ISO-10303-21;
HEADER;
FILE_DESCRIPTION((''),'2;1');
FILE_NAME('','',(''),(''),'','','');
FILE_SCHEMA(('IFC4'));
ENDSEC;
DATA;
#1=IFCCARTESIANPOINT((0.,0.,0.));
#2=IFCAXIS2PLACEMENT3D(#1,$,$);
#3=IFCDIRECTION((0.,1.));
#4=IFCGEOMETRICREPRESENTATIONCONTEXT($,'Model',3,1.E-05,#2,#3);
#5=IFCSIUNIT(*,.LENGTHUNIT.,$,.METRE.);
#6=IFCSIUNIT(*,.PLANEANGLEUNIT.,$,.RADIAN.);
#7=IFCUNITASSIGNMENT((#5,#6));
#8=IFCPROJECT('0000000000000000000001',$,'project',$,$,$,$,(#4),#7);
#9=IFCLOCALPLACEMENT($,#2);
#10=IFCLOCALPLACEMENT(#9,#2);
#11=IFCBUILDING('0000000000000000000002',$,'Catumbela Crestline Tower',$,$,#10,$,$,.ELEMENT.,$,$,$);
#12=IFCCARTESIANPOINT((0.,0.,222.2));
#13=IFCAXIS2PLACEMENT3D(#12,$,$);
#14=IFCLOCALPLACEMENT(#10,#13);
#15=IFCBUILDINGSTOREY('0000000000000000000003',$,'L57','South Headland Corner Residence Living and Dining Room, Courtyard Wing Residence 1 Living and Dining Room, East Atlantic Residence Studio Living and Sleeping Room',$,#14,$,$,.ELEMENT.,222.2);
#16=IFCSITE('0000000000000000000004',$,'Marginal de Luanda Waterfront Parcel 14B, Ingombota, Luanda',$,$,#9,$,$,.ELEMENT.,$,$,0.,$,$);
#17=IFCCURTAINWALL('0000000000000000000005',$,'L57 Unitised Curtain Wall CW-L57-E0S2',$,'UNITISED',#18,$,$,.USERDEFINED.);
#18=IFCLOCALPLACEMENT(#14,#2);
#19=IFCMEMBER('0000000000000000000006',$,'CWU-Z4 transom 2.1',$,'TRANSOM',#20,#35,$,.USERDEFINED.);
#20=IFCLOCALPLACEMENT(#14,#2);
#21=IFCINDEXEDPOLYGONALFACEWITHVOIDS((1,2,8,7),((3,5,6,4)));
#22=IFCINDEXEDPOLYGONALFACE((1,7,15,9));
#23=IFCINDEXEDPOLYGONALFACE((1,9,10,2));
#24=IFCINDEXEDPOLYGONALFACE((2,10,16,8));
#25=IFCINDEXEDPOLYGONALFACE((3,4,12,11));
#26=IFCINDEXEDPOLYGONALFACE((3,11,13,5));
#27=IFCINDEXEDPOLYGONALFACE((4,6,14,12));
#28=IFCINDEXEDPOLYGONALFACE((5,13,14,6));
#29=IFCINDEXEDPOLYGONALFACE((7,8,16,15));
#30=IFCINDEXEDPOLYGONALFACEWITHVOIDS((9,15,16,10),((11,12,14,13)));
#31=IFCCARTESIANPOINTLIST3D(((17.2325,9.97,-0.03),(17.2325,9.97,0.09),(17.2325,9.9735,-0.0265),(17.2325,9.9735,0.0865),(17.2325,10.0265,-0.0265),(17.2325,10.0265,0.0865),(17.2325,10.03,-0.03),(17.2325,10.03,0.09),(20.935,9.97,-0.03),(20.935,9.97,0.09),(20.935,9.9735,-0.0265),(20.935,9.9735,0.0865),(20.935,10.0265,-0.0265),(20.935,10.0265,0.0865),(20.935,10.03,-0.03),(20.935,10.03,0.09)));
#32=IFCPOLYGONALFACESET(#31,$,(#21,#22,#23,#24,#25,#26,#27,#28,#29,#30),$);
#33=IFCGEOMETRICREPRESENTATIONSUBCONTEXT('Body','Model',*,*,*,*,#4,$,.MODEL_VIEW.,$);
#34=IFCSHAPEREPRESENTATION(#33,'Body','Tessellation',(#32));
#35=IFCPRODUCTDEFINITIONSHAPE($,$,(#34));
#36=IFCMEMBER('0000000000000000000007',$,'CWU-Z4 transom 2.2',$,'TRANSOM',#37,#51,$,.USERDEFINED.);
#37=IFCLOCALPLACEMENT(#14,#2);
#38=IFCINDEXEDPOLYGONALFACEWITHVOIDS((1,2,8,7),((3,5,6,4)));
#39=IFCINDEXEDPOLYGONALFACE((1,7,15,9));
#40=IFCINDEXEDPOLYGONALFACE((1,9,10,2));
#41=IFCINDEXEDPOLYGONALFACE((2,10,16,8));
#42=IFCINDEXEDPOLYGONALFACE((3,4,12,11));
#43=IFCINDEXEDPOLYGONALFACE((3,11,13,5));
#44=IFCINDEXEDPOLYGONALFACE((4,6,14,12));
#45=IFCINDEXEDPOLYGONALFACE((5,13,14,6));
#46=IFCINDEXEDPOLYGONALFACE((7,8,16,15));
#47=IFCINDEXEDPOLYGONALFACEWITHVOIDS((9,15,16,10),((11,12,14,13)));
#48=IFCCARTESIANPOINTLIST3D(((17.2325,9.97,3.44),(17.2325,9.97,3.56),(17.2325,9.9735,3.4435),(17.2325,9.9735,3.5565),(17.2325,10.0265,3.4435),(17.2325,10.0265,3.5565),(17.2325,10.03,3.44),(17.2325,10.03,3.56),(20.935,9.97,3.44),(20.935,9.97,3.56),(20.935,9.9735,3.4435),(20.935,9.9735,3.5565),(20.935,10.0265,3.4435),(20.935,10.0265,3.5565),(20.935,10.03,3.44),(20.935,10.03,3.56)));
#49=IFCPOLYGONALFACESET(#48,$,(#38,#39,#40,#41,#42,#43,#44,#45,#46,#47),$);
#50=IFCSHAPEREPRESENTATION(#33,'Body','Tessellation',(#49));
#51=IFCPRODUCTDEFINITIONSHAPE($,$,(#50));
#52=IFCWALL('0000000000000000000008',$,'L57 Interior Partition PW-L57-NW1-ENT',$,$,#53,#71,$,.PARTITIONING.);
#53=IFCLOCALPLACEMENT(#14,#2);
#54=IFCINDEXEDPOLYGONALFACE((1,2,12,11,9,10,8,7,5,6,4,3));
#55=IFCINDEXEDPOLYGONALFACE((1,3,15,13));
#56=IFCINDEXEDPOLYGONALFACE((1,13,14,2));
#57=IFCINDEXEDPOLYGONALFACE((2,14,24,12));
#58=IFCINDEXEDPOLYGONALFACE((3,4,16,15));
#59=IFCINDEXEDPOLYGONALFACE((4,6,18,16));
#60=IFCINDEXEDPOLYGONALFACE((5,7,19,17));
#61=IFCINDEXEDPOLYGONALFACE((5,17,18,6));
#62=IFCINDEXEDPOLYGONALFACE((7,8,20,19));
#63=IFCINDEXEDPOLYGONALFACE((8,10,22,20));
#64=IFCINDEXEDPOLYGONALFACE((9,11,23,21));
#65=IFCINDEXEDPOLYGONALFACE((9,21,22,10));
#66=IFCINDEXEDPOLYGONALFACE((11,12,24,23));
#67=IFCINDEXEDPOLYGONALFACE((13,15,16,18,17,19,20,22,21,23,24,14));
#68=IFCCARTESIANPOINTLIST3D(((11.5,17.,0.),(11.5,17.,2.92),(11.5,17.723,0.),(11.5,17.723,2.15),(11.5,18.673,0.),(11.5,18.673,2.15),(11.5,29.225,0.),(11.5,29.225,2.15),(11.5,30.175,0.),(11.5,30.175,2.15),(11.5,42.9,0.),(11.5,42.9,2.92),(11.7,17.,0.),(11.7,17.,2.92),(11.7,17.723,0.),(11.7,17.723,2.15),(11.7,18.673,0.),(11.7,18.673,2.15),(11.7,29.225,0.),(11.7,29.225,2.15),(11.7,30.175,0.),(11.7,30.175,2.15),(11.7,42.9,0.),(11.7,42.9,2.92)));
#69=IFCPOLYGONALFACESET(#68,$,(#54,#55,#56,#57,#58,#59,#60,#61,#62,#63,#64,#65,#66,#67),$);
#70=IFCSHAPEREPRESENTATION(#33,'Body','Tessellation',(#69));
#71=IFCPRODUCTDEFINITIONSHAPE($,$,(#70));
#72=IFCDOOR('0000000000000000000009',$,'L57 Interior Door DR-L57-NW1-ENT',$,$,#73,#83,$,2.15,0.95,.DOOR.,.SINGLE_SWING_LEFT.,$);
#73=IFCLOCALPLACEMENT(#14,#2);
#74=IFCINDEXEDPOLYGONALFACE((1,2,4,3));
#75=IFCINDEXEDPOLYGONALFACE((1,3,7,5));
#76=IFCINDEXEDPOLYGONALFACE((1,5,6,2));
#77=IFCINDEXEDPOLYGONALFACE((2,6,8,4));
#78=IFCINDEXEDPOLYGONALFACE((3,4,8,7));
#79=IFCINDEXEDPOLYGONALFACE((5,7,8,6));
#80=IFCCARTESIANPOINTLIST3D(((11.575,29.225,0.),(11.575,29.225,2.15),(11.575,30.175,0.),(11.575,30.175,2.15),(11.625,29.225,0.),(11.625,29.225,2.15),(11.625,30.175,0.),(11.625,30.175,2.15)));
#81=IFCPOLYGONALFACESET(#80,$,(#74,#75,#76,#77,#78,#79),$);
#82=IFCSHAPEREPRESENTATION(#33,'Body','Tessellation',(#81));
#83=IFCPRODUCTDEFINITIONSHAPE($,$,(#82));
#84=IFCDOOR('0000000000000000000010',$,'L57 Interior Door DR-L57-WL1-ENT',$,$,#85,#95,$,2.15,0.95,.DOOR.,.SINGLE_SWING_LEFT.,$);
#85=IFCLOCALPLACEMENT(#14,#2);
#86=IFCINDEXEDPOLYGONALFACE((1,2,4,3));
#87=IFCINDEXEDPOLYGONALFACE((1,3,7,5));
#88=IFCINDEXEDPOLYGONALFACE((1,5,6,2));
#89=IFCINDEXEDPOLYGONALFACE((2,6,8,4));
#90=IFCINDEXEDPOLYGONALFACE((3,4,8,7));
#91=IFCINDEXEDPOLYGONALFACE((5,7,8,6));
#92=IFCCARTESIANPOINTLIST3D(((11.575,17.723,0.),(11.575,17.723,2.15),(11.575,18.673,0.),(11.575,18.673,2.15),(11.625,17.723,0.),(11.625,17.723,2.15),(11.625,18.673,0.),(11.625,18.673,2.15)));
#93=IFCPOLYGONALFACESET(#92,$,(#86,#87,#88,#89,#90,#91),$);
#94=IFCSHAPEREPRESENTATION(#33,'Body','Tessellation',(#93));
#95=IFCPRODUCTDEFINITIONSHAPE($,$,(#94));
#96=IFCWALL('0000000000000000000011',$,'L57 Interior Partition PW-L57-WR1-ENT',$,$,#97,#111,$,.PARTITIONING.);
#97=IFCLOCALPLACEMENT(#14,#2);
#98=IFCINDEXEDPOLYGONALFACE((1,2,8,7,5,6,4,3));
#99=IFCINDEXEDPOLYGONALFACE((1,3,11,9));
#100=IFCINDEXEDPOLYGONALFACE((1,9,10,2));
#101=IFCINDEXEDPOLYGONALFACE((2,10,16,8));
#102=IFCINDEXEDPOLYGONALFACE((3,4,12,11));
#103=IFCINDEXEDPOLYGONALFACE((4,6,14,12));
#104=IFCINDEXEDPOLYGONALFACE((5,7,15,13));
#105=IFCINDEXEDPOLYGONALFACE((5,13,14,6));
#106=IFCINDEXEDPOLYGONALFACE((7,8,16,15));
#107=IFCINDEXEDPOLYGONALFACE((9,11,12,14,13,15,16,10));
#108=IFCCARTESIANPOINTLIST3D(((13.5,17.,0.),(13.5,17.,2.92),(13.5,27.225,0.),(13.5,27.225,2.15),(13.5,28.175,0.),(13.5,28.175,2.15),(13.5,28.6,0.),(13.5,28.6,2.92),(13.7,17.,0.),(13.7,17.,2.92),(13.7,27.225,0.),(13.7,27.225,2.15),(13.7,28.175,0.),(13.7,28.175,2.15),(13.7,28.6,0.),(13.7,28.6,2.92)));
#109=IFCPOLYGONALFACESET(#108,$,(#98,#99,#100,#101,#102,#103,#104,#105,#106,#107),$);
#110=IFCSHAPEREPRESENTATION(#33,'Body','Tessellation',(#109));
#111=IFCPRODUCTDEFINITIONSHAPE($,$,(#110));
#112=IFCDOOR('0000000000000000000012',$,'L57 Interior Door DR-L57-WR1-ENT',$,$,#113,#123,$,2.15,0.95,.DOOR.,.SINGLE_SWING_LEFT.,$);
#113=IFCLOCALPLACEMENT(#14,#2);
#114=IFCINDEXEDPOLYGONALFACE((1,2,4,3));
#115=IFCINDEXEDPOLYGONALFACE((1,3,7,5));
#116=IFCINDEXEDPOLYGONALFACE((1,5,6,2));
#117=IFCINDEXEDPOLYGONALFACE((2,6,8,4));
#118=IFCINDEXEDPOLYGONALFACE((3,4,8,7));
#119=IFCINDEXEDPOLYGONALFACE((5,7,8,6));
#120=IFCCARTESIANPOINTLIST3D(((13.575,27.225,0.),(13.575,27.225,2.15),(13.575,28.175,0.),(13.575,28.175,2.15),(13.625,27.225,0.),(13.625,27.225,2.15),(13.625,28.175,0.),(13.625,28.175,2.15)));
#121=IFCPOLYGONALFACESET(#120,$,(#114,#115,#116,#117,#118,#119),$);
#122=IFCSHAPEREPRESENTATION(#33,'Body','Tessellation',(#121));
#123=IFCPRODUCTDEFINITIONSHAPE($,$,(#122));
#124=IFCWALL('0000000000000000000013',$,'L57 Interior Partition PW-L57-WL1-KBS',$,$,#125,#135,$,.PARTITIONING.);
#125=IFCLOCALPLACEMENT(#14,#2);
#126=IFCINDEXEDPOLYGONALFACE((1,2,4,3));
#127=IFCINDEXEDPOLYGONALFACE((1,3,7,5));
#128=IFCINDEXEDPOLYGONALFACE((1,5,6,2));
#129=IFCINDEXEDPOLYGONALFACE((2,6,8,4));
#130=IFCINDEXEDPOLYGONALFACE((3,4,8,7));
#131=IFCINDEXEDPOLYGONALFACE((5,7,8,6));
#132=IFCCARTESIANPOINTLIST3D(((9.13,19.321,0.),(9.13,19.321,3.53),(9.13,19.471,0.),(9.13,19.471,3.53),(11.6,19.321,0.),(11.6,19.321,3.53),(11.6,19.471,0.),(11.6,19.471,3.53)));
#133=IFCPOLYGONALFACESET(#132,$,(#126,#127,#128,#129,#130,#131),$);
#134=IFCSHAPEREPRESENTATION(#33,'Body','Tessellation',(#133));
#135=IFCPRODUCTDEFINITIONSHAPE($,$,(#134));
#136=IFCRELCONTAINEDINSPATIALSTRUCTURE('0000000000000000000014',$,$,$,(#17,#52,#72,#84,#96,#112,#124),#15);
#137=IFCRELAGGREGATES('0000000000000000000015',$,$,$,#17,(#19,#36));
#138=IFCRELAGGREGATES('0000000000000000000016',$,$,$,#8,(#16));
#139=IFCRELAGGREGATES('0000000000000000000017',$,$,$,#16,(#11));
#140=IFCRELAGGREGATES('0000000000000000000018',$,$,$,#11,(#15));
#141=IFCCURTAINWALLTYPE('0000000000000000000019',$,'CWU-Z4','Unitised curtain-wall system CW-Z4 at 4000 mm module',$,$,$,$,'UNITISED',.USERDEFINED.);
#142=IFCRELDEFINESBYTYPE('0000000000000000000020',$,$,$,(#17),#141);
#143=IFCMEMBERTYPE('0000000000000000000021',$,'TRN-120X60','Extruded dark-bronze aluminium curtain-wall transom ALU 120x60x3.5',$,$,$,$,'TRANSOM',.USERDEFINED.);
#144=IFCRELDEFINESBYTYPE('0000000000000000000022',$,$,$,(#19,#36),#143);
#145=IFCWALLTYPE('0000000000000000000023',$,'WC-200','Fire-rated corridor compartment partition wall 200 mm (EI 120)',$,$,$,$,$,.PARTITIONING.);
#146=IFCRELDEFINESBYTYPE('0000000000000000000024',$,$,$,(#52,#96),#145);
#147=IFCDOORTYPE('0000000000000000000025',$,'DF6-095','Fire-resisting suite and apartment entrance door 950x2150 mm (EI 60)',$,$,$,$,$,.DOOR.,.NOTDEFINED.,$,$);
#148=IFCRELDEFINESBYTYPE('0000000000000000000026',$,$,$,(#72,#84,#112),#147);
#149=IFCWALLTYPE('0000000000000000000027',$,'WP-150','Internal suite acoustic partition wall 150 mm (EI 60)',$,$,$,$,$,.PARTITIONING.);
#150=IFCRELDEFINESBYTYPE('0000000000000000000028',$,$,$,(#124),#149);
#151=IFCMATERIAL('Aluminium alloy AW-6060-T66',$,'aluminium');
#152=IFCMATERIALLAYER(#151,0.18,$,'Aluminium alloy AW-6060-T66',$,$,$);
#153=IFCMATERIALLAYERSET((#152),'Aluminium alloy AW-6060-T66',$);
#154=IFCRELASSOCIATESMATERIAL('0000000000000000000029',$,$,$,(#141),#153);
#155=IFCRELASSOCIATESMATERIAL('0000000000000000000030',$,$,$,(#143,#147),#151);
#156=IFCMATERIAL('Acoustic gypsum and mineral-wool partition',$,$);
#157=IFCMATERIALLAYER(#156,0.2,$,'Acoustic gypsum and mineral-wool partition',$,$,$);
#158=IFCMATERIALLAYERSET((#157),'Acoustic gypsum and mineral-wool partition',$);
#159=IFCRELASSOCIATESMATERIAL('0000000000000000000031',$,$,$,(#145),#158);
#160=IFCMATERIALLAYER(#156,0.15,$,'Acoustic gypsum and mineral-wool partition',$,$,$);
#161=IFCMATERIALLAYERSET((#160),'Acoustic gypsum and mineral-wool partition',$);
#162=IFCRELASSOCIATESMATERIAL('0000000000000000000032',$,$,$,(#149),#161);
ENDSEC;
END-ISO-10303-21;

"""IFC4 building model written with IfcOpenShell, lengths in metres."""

from ifc_helpers import new_model, si_unit, direction, frame, frame_2d, origin, origin_2d, place, context, subcontext, project, spatial, rectangle, hollow_rectangle, extrude, material, layer, layer_set, material_profile, profile_set, type_object, element, fill, aggregate, save


model = new_model("IFC4")

# Units and contexts
model_context = context("Model", 3, precision=1e-05, world=origin(), true_north=direction((0.0, 1.0)))
body_context = subcontext(model_context, "Body", "Model", "MODEL_VIEW")
ifc_project = project(units=[si_unit("LENGTHUNIT", "METRE"), si_unit("PLANEANGLEUNIT", "RADIAN")], contexts=[model_context])

# Site, building, storey
site_placement = place(None, origin())
site = spatial("IfcSite", under=ifc_project, at=site_placement, Name="Marginal de Luanda Waterfront Parcel 14B, Ingombota, Luanda", CompositionType="ELEMENT", RefElevation=0.0)
building_placement = place(site_placement, origin())
building = spatial("IfcBuilding", under=site, at=building_placement, Name="Catumbela Crestline Tower", CompositionType="ELEMENT")
storey_placement = place(building_placement, frame((0.0, 0.0, 222.2)))
storey = spatial("IfcBuildingStorey", under=building, at=storey_placement, Name="L57", Description="South Headland Corner Residence Living and Dining Room, Courtyard Wing Residence 1 Living and Dining Room, East Atlantic Residence Studio Living and Sleeping Room", CompositionType="ELEMENT", Elevation=222.2)

# Curtain wall, members
ifc_material_1 = material(Name="Aluminium alloy AW-6060-T66", Category="aluminium")
ifc_layer_1 = layer(ifc_material_1, 0.18, Name="Aluminium alloy AW-6060-T66")
ifc_layer_set_1 = layer_set([ifc_layer_1], Name="Aluminium alloy AW-6060-T66")
curtain_wall_type = type_object("IfcCurtainWallType", Name="CWU-Z4", Description="Unitised curtain-wall system CW-Z4 at 4000 mm module", ElementType="UNITISED", PredefinedType="USERDEFINED", material=ifc_layer_set_1)
curtain_wall_placement = place(storey_placement, origin())
curtain_wall = element("IfcCurtainWall", 1, at=curtain_wall_placement, inside=storey, type_object=curtain_wall_type, Name="L57 Unitised Curtain Wall CW-L57-E0S2", ObjectType="UNITISED", PredefinedType="USERDEFINED")
ifc_material_profile_1 = material_profile(ifc_material_1, hollow_rectangle(XDim=0.06, YDim=0.12, WallThickness=0.0035, at=origin_2d()), Name="ALU 120x60x3.5")
ifc_profile_set_1 = profile_set([ifc_material_profile_1], Name="Aluminium alloy AW-6060-T66")
member_type = type_object("IfcMemberType", Name="TRN-120X60", Description="Extruded dark-bronze aluminium curtain-wall transom ALU 120x60x3.5", ElementType="TRANSOM", PredefinedType="USERDEFINED", material=ifc_profile_set_1)
member_1_placement = place(storey_placement, frame((17.2325, 10.0, 0.03), z_axis=(1.0, 0.0, 0.0), x_axis=(0.0, 1.0, 0.0)))
member_1 = element("IfcMember", 2, at=member_1_placement, type_object=member_type, Name="CWU-Z4 transom 2.1", ObjectType="TRANSOM", PredefinedType="USERDEFINED", context=body_context, shape_type="SweptSolid", body=[
    extrude(hollow_rectangle(XDim=0.06, YDim=0.12, WallThickness=0.0035, at=origin_2d()), origin(), (0.0, 0.0, 1.0), 3.7025),
])
member_2_placement = place(storey_placement, frame((17.2325, 10.0, 3.5), z_axis=(1.0, 0.0, 0.0), x_axis=(0.0, 1.0, 0.0)))
member_2 = element("IfcMember", 3, at=member_2_placement, type_object=member_type, Name="CWU-Z4 transom 2.2", ObjectType="TRANSOM", PredefinedType="USERDEFINED", context=body_context, shape_type="SweptSolid", body=[
    extrude(hollow_rectangle(XDim=0.06, YDim=0.12, WallThickness=0.0035, at=origin_2d()), origin(), (0.0, 0.0, 1.0), 3.7025),
])
aggregate(curtain_wall, [member_1, member_2])

# Wall, openings, doors
ifc_material_2 = material(Name="Acoustic gypsum and mineral-wool partition")
ifc_layer_2 = layer(ifc_material_2, 0.2, Name="Acoustic gypsum and mineral-wool partition")
ifc_layer_set_2 = layer_set([ifc_layer_2], Name="Acoustic gypsum and mineral-wool partition")
wall_type_1 = type_object("IfcWallType", Name="WC-200", Description="Fire-rated corridor compartment partition wall 200 mm (EI 120)", PredefinedType="PARTITIONING", material=ifc_layer_set_2)
wall_1_placement = place(storey_placement, frame((11.6, 17.0, 0.0), z_axis=(0.0, 0.0, 1.0), x_axis=(0.0, 1.0, 0.0)))
wall_1 = element("IfcWall", 4, at=wall_1_placement, inside=storey, type_object=wall_type_1, Name="L57 Interior Partition PW-L57-NW1-ENT", PredefinedType="PARTITIONING", context=body_context, shape_type="SweptSolid", body=[
    extrude(rectangle(XDim=25.9, YDim=0.2, at=frame_2d((12.95, 0.0))), origin(), (0.0, 0.0, 1.0), 2.92),
])
opening_1_placement = place(wall_1_placement, frame((12.225, 0.0, 0.0)))
opening_1 = element("IfcOpeningElement", 5, at=opening_1_placement, cuts=wall_1, PredefinedType="OPENING", context=body_context, shape_type="SweptSolid", body=[
    extrude(rectangle(XDim=0.95, YDim=2.15, at=frame_2d((0.475, 1.075))), frame((0.0, 0.11, 0.0), z_axis=(0.0, -1.0, 0.0), x_axis=(1.0, 0.0, 0.0)), (0.0, 0.0, 1.0), 0.22),
])
opening_2_placement = place(wall_1_placement, frame((0.723, 0.0, 0.0)))
opening_2 = element("IfcOpeningElement", 6, at=opening_2_placement, cuts=wall_1, PredefinedType="OPENING", context=body_context, shape_type="SweptSolid", body=[
    extrude(rectangle(XDim=0.95, YDim=2.15, at=frame_2d((0.475, 1.075))), frame((0.0, 0.11, 0.0), z_axis=(0.0, -1.0, 0.0), x_axis=(1.0, 0.0, 0.0)), (0.0, 0.0, 1.0), 0.22),
])
door_type_1 = type_object("IfcDoorType", Name="DF6-095", Description="Fire-resisting suite and apartment entrance door 950x2150 mm (EI 60)", OperationType="NOTDEFINED", PredefinedType="DOOR", material=ifc_material_1)
door_1_placement = place(opening_1_placement, origin())
door_1 = element("IfcDoor", 7, at=door_1_placement, inside=storey, type_object=door_type_1, Name="L57 Interior Door DR-L57-NW1-ENT", OperationType="SINGLE_SWING_LEFT", OverallHeight=2.15, OverallWidth=0.95, PredefinedType="DOOR", context=body_context, shape_type="SweptSolid", body=[
    extrude(rectangle(XDim=0.95, YDim=2.15, at=frame_2d((0.475, 1.075))), frame((0.0, 0.025, 0.0), z_axis=(0.0, -1.0, 0.0), x_axis=(1.0, 0.0, 0.0)), (0.0, 0.0, 1.0), 0.05),
])
fill(opening_1, door_1)
door_2_placement = place(opening_2_placement, origin())
door_2 = element("IfcDoor", 8, at=door_2_placement, inside=storey, type_object=door_type_1, Name="L57 Interior Door DR-L57-WL1-ENT", OperationType="SINGLE_SWING_LEFT", OverallHeight=2.15, OverallWidth=0.95, PredefinedType="DOOR", context=body_context, shape_type="SweptSolid", body=[
    extrude(rectangle(XDim=0.95, YDim=2.15, at=frame_2d((0.475, 1.075))), frame((0.0, 0.025, 0.0), z_axis=(0.0, -1.0, 0.0), x_axis=(1.0, 0.0, 0.0)), (0.0, 0.0, 1.0), 0.05),
])
fill(opening_2, door_2)

# Wall, opening, door
wall_2_placement = place(storey_placement, frame((13.6, 17.0, 0.0), z_axis=(0.0, 0.0, 1.0), x_axis=(0.0, 1.0, 0.0)))
wall_2 = element("IfcWall", 9, at=wall_2_placement, inside=storey, type_object=wall_type_1, Name="L57 Interior Partition PW-L57-WR1-ENT", PredefinedType="PARTITIONING", context=body_context, shape_type="SweptSolid", body=[
    extrude(rectangle(XDim=11.6, YDim=0.2, at=frame_2d((5.8, 0.0))), origin(), (0.0, 0.0, 1.0), 2.92),
])
opening_3_placement = place(wall_2_placement, frame((10.225, 0.0, 0.0)))
opening_3 = element("IfcOpeningElement", 10, at=opening_3_placement, cuts=wall_2, PredefinedType="OPENING", context=body_context, shape_type="SweptSolid", body=[
    extrude(rectangle(XDim=0.95, YDim=2.15, at=frame_2d((0.475, 1.075))), frame((0.0, 0.11, 0.0), z_axis=(0.0, -1.0, 0.0), x_axis=(1.0, 0.0, 0.0)), (0.0, 0.0, 1.0), 0.22),
])
door_3_placement = place(opening_3_placement, origin())
door_3 = element("IfcDoor", 11, at=door_3_placement, inside=storey, type_object=door_type_1, Name="L57 Interior Door DR-L57-WR1-ENT", OperationType="SINGLE_SWING_LEFT", OverallHeight=2.15, OverallWidth=0.95, PredefinedType="DOOR", context=body_context, shape_type="SweptSolid", body=[
    extrude(rectangle(XDim=0.95, YDim=2.15, at=frame_2d((0.475, 1.075))), frame((0.0, 0.025, 0.0), z_axis=(0.0, -1.0, 0.0), x_axis=(1.0, 0.0, 0.0)), (0.0, 0.0, 1.0), 0.05),
])
fill(opening_3, door_3)

# Wall
ifc_layer_3 = layer(ifc_material_2, 0.15, Name="Acoustic gypsum and mineral-wool partition")
ifc_layer_set_3 = layer_set([ifc_layer_3], Name="Acoustic gypsum and mineral-wool partition")
wall_type_2 = type_object("IfcWallType", Name="WP-150", Description="Internal suite acoustic partition wall 150 mm (EI 60)", PredefinedType="PARTITIONING", material=ifc_layer_set_3)
wall_3_placement = place(storey_placement, frame((9.13, 19.396, 0.0), z_axis=(0.0, 0.0, 1.0), x_axis=(1.0, 0.0, 0.0)))
element("IfcWall", 12, at=wall_3_placement, inside=storey, type_object=wall_type_2, Name="L57 Interior Partition PW-L57-WL1-KBS", PredefinedType="PARTITIONING", context=body_context, shape_type="SweptSolid", body=[
    extrude(rectangle(XDim=2.47, YDim=0.15, at=frame_2d((1.235, 0.0))), origin(), (0.0, 0.0, 1.0), 3.53),
])

save(model, "model.ifc")
